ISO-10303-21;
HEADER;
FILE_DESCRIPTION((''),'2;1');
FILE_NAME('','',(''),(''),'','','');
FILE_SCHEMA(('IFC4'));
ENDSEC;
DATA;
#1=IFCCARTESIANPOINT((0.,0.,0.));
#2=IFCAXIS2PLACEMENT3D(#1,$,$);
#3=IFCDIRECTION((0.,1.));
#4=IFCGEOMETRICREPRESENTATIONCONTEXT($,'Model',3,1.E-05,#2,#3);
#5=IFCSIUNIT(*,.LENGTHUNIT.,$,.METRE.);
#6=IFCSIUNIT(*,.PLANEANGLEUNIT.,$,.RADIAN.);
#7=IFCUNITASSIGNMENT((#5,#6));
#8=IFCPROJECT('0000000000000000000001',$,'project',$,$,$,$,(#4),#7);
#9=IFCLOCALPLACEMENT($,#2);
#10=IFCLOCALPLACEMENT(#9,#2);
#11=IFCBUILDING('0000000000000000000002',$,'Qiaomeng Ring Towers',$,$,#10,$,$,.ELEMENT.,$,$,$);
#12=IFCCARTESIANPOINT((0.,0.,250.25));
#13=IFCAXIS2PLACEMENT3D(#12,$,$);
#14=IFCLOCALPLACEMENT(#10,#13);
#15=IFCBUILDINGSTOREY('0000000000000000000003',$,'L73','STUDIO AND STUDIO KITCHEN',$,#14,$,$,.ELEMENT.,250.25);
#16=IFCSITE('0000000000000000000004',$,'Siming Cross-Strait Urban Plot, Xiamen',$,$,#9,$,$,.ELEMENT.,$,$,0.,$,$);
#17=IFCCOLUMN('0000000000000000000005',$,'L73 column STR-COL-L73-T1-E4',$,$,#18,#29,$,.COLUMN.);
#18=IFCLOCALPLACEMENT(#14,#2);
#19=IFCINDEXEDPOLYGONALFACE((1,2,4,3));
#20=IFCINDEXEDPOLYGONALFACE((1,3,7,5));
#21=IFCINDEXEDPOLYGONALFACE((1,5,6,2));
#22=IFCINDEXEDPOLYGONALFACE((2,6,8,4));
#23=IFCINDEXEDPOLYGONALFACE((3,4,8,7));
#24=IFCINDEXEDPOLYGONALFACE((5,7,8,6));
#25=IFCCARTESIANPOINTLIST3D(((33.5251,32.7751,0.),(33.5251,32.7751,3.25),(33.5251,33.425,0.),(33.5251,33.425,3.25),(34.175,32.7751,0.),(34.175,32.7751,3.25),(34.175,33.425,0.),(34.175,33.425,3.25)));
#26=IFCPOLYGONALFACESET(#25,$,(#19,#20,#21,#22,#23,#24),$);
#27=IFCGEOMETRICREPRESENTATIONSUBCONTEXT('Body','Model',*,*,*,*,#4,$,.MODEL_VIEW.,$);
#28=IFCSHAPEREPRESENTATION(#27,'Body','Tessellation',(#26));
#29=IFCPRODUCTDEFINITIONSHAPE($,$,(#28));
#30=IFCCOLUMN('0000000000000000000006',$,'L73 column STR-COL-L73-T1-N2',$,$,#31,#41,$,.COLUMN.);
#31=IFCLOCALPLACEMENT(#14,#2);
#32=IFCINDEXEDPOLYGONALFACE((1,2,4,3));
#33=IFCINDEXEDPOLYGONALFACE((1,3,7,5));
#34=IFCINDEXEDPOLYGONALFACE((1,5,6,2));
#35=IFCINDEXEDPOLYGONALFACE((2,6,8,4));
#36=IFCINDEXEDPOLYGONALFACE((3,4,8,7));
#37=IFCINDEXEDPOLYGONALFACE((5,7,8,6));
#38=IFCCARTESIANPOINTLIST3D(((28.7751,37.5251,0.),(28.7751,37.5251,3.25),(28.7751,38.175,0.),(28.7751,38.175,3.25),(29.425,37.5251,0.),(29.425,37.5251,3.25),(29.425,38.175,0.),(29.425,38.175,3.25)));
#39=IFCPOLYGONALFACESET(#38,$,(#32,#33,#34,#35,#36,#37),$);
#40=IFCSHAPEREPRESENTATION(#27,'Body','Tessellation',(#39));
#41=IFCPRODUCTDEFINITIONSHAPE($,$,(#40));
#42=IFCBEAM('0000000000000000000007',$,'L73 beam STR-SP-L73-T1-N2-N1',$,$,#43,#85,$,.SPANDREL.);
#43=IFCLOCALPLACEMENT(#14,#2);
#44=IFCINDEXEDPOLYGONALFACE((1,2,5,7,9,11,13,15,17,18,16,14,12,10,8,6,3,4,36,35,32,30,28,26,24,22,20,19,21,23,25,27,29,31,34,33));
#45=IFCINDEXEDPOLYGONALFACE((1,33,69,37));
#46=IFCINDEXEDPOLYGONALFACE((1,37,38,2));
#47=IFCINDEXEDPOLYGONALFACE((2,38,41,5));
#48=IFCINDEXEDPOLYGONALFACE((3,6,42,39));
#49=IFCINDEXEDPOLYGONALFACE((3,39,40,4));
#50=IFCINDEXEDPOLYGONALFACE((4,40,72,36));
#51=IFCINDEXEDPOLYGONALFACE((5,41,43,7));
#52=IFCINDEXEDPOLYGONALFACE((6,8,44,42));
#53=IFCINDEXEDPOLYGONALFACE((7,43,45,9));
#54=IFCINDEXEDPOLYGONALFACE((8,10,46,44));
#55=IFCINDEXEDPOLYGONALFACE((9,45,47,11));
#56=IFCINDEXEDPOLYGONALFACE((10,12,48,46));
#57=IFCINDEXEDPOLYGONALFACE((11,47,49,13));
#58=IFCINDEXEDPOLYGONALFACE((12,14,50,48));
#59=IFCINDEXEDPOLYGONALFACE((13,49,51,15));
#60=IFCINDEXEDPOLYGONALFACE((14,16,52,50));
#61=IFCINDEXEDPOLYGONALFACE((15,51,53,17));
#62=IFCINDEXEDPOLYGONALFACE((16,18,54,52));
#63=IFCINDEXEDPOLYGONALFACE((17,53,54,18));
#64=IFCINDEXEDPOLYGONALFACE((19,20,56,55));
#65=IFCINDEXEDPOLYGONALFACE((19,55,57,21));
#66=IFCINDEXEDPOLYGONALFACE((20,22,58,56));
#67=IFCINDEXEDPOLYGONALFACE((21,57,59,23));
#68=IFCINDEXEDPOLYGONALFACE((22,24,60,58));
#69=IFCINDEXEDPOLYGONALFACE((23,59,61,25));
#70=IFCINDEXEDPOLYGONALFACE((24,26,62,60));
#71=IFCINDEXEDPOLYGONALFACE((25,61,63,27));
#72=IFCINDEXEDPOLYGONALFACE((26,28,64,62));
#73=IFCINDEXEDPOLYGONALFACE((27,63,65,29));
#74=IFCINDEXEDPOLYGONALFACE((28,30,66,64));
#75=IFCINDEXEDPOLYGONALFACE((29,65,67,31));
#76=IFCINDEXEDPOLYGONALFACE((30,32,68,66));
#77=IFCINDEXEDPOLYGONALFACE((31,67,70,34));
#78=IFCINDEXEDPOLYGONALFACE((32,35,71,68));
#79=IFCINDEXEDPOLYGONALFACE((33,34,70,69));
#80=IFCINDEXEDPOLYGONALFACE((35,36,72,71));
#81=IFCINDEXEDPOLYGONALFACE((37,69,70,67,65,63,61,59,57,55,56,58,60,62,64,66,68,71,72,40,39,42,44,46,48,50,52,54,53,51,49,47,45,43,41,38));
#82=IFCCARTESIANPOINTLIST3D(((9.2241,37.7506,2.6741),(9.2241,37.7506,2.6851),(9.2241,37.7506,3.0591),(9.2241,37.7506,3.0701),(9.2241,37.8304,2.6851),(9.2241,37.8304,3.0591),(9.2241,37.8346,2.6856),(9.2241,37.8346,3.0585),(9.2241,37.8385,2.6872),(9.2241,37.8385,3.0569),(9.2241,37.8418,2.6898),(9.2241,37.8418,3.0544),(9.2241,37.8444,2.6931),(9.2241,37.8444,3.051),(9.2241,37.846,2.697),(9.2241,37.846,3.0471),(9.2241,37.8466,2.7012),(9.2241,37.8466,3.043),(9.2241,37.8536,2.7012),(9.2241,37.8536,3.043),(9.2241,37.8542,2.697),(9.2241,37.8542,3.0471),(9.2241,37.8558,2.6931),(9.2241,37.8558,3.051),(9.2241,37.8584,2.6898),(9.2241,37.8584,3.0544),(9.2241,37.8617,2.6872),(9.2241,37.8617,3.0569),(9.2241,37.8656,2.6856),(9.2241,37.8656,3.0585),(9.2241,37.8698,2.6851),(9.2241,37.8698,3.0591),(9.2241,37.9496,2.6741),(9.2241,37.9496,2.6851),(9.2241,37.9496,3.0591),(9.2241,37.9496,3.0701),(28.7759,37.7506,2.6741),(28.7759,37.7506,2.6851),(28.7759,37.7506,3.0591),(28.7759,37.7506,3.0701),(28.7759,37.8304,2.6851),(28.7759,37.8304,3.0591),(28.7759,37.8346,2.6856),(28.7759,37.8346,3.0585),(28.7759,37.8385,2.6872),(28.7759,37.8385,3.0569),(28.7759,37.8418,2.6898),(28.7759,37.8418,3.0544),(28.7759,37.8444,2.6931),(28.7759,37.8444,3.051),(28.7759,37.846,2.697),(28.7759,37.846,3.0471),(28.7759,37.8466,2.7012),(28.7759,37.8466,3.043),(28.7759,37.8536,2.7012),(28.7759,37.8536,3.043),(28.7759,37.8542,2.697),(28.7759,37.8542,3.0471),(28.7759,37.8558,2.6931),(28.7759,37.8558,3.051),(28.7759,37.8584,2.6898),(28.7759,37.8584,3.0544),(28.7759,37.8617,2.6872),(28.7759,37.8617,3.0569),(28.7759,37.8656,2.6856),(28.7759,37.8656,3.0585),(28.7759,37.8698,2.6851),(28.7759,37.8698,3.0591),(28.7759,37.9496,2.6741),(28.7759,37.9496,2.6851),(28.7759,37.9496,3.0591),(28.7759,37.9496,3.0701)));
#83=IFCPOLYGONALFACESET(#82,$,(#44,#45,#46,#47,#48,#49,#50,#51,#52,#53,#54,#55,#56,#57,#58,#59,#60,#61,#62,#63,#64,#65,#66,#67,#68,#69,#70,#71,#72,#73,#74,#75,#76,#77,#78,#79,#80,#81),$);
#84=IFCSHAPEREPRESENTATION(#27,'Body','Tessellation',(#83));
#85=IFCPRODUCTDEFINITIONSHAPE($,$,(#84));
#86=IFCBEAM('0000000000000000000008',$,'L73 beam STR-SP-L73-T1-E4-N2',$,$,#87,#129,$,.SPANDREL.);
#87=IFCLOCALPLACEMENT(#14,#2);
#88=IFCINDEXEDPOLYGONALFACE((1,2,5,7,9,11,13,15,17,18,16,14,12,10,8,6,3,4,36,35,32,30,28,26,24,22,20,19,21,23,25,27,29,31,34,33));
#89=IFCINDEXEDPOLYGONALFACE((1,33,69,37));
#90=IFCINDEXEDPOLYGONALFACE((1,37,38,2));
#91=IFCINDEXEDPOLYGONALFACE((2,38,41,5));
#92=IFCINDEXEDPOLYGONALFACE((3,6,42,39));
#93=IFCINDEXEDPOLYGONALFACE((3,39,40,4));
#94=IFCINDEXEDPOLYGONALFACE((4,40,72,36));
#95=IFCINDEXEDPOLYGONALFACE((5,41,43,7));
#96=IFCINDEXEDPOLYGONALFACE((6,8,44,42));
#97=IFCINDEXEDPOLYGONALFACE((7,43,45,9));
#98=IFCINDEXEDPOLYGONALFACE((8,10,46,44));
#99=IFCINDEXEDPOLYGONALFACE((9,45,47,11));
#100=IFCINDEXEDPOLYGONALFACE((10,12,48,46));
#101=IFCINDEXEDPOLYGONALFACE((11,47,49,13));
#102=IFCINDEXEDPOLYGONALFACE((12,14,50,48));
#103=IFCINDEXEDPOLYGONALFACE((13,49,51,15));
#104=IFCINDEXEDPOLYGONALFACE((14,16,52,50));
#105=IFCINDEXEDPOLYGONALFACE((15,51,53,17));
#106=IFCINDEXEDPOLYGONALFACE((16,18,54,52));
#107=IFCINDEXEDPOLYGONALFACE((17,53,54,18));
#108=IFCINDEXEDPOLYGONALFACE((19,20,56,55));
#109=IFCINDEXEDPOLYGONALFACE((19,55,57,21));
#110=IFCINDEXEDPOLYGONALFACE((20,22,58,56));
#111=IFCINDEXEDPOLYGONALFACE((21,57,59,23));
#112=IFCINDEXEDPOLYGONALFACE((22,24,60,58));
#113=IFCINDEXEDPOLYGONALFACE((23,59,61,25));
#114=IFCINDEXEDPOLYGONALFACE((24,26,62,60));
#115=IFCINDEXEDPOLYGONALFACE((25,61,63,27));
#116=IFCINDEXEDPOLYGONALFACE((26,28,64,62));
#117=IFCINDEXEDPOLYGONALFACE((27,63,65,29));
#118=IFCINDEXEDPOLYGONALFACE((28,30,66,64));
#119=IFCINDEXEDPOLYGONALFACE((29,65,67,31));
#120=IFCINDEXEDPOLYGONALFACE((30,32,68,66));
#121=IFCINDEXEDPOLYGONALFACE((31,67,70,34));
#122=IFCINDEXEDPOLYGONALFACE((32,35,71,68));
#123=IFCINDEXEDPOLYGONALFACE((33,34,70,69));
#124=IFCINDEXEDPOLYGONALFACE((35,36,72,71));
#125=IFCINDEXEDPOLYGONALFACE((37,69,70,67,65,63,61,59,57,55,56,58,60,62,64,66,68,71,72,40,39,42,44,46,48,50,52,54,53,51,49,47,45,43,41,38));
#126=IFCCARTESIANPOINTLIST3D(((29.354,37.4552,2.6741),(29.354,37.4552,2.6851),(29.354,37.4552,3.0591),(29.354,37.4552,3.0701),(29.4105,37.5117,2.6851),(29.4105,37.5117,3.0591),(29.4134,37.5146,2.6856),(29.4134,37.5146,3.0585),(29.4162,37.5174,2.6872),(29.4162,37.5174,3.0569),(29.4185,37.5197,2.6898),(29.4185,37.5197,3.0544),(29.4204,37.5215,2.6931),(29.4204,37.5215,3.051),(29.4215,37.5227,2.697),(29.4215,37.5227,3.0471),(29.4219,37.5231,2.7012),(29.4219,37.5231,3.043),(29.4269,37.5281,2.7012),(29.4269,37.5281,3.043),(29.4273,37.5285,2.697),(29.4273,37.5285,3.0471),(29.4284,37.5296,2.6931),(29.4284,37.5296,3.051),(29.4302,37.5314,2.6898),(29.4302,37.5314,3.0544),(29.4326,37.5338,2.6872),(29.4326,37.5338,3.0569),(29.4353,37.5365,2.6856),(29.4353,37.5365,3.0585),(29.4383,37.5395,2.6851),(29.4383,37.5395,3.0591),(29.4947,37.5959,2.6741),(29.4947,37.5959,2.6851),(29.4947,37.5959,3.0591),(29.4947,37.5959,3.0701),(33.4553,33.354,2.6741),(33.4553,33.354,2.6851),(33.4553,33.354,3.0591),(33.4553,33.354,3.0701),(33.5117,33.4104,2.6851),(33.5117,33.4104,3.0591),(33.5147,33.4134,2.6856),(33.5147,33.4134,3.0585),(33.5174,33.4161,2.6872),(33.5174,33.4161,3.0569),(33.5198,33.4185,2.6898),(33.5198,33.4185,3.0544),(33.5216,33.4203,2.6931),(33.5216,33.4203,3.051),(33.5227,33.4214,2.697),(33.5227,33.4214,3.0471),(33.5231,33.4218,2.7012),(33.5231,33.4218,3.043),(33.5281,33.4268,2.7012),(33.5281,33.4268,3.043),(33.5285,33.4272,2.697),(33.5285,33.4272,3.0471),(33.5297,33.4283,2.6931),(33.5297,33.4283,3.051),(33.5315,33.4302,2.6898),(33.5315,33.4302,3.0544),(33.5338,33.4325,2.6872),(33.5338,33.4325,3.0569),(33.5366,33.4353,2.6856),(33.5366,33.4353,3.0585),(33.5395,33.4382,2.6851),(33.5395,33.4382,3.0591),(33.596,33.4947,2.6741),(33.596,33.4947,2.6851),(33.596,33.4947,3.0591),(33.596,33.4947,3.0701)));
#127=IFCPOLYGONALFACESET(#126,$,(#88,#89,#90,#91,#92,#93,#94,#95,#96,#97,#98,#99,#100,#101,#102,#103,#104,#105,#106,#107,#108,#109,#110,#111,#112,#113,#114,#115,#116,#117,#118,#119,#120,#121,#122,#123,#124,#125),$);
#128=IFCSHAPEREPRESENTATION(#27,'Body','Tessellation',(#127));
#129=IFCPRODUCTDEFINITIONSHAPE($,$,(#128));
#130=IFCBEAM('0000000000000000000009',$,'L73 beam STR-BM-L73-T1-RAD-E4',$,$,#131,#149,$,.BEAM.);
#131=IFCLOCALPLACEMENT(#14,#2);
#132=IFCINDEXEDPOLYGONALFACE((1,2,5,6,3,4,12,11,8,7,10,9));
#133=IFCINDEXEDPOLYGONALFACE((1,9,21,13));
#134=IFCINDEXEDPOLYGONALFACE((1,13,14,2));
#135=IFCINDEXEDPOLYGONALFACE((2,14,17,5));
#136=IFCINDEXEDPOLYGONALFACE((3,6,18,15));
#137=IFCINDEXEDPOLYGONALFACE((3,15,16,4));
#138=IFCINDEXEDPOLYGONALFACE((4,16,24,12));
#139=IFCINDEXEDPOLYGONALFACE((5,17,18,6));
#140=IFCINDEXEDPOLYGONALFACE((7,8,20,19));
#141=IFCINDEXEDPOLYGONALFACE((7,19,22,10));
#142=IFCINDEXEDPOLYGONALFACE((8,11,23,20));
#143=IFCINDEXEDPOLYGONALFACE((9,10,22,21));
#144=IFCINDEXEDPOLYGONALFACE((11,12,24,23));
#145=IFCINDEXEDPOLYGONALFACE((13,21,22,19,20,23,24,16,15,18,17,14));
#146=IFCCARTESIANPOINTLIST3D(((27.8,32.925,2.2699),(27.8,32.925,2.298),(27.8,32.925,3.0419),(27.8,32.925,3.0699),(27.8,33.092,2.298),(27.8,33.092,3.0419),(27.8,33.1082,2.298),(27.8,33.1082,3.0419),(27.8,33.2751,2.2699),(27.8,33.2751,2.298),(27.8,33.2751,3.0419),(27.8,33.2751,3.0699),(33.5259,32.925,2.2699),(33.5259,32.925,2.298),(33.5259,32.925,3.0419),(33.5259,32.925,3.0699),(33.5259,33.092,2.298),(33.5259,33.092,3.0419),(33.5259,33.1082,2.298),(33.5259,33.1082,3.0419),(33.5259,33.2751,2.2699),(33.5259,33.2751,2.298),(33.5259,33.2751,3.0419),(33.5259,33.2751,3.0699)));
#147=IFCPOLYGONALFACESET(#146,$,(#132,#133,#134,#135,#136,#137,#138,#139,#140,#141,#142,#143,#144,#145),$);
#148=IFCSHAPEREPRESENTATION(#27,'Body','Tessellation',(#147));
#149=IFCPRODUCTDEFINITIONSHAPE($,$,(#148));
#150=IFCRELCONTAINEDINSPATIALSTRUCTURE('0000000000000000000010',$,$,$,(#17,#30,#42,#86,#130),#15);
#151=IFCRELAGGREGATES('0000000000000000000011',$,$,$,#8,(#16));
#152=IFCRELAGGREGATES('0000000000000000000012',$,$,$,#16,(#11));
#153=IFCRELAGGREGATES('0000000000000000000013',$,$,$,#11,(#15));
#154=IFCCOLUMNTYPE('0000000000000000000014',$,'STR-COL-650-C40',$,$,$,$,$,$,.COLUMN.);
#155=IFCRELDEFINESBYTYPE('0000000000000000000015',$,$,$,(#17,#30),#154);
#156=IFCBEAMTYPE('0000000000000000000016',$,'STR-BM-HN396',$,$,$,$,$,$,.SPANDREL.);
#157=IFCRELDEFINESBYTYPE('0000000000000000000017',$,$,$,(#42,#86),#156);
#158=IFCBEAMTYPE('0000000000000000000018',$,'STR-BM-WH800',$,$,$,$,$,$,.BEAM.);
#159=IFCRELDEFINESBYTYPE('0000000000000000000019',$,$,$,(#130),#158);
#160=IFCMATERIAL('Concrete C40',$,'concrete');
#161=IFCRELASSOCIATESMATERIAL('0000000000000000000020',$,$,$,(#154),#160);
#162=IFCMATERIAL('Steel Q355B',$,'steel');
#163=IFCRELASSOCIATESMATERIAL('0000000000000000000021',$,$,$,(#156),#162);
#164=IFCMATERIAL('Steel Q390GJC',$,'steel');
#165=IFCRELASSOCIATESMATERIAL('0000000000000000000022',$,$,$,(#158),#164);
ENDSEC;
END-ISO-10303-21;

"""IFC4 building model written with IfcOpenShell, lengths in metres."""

from ifc_helpers import new_model, si_unit, direction, frame, origin, origin_2d, place, context, subcontext, project, spatial, rectangle, i_section, extrude, source, transform, mapped, material, material_profile, profile_set, type_object, element, save


model = new_model("IFC4")

# Units and contexts
model_context = context("Model", 3, precision=1e-05, world=origin(), true_north=direction((0.0, 1.0)))
body_context = subcontext(model_context, "Body", "Model", "MODEL_VIEW")
ifc_project = project(units=[si_unit("LENGTHUNIT", "METRE"), si_unit("PLANEANGLEUNIT", "RADIAN")], contexts=[model_context])

# Site, building, storey
site_placement = place(None, origin())
site = spatial("IfcSite", under=ifc_project, at=site_placement, Name="Siming Cross-Strait Urban Plot, Xiamen", CompositionType="ELEMENT", RefElevation=0.0)
building_placement = place(site_placement, origin())
building = spatial("IfcBuilding", under=site, at=building_placement, Name="Qiaomeng Ring Towers", CompositionType="ELEMENT")
storey_placement = place(building_placement, frame((0.0, 0.0, 250.25)))
storey = spatial("IfcBuildingStorey", under=building, at=storey_placement, Name="L73", Description="STUDIO AND STUDIO KITCHEN", CompositionType="ELEMENT", Elevation=250.25)

# Columns
ifc_material_1 = material(Name="Concrete C40", Category="concrete")
ifc_material_profile_1 = material_profile(ifc_material_1, rectangle(XDim=0.6499, YDim=0.6499, at=origin_2d()), Name="RC COL 650x650")
ifc_profile_set_1 = profile_set([ifc_material_profile_1], Name="Concrete C40")
column_type = type_object("IfcColumnType", Name="STR-COL-650-C40", PredefinedType="COLUMN", material=ifc_profile_set_1)
shared_shape_1 = source(origin(), body_context, "Body", "SweptSolid", [
    extrude(rectangle(XDim=0.6499, YDim=0.6499, at=origin_2d()), origin(), (0.0, 0.0, 1.0), 3.25),
])
for number, where, z_axis, x_axis, name in (
    (1, (33.8501, 33.1001, 0.0), (0.0, 0.0, 1.0), (1.0, 0.0, 0.0), "L73 column STR-COL-L73-T1-E4"),
    (2, (29.1001, 37.8501, 0.0), (0.0, 0.0, 1.0), (1.0, 0.0, 0.0), "L73 column STR-COL-L73-T1-N2"),
):
    element("IfcColumn", number, at=place(storey_placement, frame(where, z_axis=z_axis, x_axis=x_axis)), inside=storey, type_object=column_type, Name=name, PredefinedType="COLUMN", context=body_context, shape_type="MappedRepresentation", body=[
        mapped(shared_shape_1, transform((0.0, 0.0, 0.0), x_axis=(1.0, 0.0, 0.0), y_axis=(0.0, 1.0, 0.0), z_axis=(0.0, 0.0, 1.0), scale=1.0)),
    ])

# Beams
ifc_material_2 = material(Name="Steel Q355B", Category="steel")
ifc_material_profile_2 = material_profile(ifc_material_2, i_section(OverallWidth=0.199, OverallDepth=0.396, WebThickness=0.0071, FlangeThickness=0.011, FilletRadius=0.0161, at=origin_2d()), Name="HN 396x199x7x11")
ifc_profile_set_2 = profile_set([ifc_material_profile_2], Name="Steel Q355B")
beam_type_1 = type_object("IfcBeamType", Name="STR-BM-HN396", PredefinedType="SPANDREL", material=ifc_profile_set_2)
shared_shape_2 = source(origin(), body_context, "Body", "SweptSolid", [
    extrude(i_section(OverallWidth=0.199, OverallDepth=0.396, WebThickness=0.0071, FlangeThickness=0.011, FilletRadius=0.0161, at=origin_2d()), origin(), (0.0, 0.0, 1.0), 19.5518),
])
beam_1_placement = place(storey_placement, frame((28.7759, 37.8501, 2.8721), z_axis=(-1.0, 0.0, 0.0), x_axis=(0.0, -1.0, 0.0)))
element("IfcBeam", 3, at=beam_1_placement, inside=storey, type_object=beam_type_1, Name="L73 beam STR-SP-L73-T1-N2-N1", PredefinedType="SPANDREL", context=body_context, shape_type="MappedRepresentation", body=[
    mapped(shared_shape_2, transform((0.0, 0.0, 0.0), x_axis=(1.0, 0.0, 0.0), y_axis=(0.0, 1.0, 0.0), z_axis=(0.0, 0.0, 1.0), scale=1.0)),
])
shared_shape_3 = source(origin(), body_context, "Body", "SweptSolid", [
    extrude(i_section(OverallWidth=0.199, OverallDepth=0.396, WebThickness=0.0071, FlangeThickness=0.011, FilletRadius=0.0161, at=origin_2d()), origin(), (0.0, 0.0, 1.0), 5.8),
])
beam_2_placement = place(storey_placement, frame((33.5256, 33.4243, 2.8721), z_axis=(-0.707107, 0.707107, 0.0), x_axis=(-0.707107, -0.707107, 0.0)))
element("IfcBeam", 4, at=beam_2_placement, inside=storey, type_object=beam_type_1, Name="L73 beam STR-SP-L73-T1-E4-N2", PredefinedType="SPANDREL", context=body_context, shape_type="MappedRepresentation", body=[
    mapped(shared_shape_3, transform((0.0, 0.0, 0.0), x_axis=(1.0, 0.0, 0.0), y_axis=(0.0, 1.0, 0.0), z_axis=(0.0, 0.0, 1.0), scale=1.0)),
])
ifc_material_3 = material(Name="Steel Q390GJC", Category="steel")
ifc_material_profile_3 = material_profile(ifc_material_3, i_section(OverallWidth=0.3501, OverallDepth=0.8, WebThickness=0.0161, FlangeThickness=0.0281, at=origin_2d()), Name="WH 800x350x16x28")
ifc_profile_set_3 = profile_set([ifc_material_profile_3], Name="Steel Q390GJC")
beam_type_2 = type_object("IfcBeamType", Name="STR-BM-WH800", PredefinedType="BEAM", material=ifc_profile_set_3)
shared_shape_4 = source(origin(), body_context, "Body", "SweptSolid", [
    extrude(i_section(OverallWidth=0.3501, OverallDepth=0.8, WebThickness=0.0161, FlangeThickness=0.0281, at=origin_2d()), origin(), (0.0, 0.0, 1.0), 5.7258),
])
beam_3_placement = place(storey_placement, frame((27.8, 33.1001, 2.6699), z_axis=(1.0, 0.0, 0.0), x_axis=(0.0, 1.0, 0.0)))
element("IfcBeam", 5, at=beam_3_placement, inside=storey, type_object=beam_type_2, Name="L73 beam STR-BM-L73-T1-RAD-E4", PredefinedType="BEAM", context=body_context, shape_type="MappedRepresentation", body=[
    mapped(shared_shape_4, transform((0.0, 0.0, 0.0), x_axis=(1.0, 0.0, 0.0), y_axis=(0.0, 1.0, 0.0), z_axis=(0.0, 0.0, 1.0), scale=1.0)),
])

save(model, "model.ifc")
